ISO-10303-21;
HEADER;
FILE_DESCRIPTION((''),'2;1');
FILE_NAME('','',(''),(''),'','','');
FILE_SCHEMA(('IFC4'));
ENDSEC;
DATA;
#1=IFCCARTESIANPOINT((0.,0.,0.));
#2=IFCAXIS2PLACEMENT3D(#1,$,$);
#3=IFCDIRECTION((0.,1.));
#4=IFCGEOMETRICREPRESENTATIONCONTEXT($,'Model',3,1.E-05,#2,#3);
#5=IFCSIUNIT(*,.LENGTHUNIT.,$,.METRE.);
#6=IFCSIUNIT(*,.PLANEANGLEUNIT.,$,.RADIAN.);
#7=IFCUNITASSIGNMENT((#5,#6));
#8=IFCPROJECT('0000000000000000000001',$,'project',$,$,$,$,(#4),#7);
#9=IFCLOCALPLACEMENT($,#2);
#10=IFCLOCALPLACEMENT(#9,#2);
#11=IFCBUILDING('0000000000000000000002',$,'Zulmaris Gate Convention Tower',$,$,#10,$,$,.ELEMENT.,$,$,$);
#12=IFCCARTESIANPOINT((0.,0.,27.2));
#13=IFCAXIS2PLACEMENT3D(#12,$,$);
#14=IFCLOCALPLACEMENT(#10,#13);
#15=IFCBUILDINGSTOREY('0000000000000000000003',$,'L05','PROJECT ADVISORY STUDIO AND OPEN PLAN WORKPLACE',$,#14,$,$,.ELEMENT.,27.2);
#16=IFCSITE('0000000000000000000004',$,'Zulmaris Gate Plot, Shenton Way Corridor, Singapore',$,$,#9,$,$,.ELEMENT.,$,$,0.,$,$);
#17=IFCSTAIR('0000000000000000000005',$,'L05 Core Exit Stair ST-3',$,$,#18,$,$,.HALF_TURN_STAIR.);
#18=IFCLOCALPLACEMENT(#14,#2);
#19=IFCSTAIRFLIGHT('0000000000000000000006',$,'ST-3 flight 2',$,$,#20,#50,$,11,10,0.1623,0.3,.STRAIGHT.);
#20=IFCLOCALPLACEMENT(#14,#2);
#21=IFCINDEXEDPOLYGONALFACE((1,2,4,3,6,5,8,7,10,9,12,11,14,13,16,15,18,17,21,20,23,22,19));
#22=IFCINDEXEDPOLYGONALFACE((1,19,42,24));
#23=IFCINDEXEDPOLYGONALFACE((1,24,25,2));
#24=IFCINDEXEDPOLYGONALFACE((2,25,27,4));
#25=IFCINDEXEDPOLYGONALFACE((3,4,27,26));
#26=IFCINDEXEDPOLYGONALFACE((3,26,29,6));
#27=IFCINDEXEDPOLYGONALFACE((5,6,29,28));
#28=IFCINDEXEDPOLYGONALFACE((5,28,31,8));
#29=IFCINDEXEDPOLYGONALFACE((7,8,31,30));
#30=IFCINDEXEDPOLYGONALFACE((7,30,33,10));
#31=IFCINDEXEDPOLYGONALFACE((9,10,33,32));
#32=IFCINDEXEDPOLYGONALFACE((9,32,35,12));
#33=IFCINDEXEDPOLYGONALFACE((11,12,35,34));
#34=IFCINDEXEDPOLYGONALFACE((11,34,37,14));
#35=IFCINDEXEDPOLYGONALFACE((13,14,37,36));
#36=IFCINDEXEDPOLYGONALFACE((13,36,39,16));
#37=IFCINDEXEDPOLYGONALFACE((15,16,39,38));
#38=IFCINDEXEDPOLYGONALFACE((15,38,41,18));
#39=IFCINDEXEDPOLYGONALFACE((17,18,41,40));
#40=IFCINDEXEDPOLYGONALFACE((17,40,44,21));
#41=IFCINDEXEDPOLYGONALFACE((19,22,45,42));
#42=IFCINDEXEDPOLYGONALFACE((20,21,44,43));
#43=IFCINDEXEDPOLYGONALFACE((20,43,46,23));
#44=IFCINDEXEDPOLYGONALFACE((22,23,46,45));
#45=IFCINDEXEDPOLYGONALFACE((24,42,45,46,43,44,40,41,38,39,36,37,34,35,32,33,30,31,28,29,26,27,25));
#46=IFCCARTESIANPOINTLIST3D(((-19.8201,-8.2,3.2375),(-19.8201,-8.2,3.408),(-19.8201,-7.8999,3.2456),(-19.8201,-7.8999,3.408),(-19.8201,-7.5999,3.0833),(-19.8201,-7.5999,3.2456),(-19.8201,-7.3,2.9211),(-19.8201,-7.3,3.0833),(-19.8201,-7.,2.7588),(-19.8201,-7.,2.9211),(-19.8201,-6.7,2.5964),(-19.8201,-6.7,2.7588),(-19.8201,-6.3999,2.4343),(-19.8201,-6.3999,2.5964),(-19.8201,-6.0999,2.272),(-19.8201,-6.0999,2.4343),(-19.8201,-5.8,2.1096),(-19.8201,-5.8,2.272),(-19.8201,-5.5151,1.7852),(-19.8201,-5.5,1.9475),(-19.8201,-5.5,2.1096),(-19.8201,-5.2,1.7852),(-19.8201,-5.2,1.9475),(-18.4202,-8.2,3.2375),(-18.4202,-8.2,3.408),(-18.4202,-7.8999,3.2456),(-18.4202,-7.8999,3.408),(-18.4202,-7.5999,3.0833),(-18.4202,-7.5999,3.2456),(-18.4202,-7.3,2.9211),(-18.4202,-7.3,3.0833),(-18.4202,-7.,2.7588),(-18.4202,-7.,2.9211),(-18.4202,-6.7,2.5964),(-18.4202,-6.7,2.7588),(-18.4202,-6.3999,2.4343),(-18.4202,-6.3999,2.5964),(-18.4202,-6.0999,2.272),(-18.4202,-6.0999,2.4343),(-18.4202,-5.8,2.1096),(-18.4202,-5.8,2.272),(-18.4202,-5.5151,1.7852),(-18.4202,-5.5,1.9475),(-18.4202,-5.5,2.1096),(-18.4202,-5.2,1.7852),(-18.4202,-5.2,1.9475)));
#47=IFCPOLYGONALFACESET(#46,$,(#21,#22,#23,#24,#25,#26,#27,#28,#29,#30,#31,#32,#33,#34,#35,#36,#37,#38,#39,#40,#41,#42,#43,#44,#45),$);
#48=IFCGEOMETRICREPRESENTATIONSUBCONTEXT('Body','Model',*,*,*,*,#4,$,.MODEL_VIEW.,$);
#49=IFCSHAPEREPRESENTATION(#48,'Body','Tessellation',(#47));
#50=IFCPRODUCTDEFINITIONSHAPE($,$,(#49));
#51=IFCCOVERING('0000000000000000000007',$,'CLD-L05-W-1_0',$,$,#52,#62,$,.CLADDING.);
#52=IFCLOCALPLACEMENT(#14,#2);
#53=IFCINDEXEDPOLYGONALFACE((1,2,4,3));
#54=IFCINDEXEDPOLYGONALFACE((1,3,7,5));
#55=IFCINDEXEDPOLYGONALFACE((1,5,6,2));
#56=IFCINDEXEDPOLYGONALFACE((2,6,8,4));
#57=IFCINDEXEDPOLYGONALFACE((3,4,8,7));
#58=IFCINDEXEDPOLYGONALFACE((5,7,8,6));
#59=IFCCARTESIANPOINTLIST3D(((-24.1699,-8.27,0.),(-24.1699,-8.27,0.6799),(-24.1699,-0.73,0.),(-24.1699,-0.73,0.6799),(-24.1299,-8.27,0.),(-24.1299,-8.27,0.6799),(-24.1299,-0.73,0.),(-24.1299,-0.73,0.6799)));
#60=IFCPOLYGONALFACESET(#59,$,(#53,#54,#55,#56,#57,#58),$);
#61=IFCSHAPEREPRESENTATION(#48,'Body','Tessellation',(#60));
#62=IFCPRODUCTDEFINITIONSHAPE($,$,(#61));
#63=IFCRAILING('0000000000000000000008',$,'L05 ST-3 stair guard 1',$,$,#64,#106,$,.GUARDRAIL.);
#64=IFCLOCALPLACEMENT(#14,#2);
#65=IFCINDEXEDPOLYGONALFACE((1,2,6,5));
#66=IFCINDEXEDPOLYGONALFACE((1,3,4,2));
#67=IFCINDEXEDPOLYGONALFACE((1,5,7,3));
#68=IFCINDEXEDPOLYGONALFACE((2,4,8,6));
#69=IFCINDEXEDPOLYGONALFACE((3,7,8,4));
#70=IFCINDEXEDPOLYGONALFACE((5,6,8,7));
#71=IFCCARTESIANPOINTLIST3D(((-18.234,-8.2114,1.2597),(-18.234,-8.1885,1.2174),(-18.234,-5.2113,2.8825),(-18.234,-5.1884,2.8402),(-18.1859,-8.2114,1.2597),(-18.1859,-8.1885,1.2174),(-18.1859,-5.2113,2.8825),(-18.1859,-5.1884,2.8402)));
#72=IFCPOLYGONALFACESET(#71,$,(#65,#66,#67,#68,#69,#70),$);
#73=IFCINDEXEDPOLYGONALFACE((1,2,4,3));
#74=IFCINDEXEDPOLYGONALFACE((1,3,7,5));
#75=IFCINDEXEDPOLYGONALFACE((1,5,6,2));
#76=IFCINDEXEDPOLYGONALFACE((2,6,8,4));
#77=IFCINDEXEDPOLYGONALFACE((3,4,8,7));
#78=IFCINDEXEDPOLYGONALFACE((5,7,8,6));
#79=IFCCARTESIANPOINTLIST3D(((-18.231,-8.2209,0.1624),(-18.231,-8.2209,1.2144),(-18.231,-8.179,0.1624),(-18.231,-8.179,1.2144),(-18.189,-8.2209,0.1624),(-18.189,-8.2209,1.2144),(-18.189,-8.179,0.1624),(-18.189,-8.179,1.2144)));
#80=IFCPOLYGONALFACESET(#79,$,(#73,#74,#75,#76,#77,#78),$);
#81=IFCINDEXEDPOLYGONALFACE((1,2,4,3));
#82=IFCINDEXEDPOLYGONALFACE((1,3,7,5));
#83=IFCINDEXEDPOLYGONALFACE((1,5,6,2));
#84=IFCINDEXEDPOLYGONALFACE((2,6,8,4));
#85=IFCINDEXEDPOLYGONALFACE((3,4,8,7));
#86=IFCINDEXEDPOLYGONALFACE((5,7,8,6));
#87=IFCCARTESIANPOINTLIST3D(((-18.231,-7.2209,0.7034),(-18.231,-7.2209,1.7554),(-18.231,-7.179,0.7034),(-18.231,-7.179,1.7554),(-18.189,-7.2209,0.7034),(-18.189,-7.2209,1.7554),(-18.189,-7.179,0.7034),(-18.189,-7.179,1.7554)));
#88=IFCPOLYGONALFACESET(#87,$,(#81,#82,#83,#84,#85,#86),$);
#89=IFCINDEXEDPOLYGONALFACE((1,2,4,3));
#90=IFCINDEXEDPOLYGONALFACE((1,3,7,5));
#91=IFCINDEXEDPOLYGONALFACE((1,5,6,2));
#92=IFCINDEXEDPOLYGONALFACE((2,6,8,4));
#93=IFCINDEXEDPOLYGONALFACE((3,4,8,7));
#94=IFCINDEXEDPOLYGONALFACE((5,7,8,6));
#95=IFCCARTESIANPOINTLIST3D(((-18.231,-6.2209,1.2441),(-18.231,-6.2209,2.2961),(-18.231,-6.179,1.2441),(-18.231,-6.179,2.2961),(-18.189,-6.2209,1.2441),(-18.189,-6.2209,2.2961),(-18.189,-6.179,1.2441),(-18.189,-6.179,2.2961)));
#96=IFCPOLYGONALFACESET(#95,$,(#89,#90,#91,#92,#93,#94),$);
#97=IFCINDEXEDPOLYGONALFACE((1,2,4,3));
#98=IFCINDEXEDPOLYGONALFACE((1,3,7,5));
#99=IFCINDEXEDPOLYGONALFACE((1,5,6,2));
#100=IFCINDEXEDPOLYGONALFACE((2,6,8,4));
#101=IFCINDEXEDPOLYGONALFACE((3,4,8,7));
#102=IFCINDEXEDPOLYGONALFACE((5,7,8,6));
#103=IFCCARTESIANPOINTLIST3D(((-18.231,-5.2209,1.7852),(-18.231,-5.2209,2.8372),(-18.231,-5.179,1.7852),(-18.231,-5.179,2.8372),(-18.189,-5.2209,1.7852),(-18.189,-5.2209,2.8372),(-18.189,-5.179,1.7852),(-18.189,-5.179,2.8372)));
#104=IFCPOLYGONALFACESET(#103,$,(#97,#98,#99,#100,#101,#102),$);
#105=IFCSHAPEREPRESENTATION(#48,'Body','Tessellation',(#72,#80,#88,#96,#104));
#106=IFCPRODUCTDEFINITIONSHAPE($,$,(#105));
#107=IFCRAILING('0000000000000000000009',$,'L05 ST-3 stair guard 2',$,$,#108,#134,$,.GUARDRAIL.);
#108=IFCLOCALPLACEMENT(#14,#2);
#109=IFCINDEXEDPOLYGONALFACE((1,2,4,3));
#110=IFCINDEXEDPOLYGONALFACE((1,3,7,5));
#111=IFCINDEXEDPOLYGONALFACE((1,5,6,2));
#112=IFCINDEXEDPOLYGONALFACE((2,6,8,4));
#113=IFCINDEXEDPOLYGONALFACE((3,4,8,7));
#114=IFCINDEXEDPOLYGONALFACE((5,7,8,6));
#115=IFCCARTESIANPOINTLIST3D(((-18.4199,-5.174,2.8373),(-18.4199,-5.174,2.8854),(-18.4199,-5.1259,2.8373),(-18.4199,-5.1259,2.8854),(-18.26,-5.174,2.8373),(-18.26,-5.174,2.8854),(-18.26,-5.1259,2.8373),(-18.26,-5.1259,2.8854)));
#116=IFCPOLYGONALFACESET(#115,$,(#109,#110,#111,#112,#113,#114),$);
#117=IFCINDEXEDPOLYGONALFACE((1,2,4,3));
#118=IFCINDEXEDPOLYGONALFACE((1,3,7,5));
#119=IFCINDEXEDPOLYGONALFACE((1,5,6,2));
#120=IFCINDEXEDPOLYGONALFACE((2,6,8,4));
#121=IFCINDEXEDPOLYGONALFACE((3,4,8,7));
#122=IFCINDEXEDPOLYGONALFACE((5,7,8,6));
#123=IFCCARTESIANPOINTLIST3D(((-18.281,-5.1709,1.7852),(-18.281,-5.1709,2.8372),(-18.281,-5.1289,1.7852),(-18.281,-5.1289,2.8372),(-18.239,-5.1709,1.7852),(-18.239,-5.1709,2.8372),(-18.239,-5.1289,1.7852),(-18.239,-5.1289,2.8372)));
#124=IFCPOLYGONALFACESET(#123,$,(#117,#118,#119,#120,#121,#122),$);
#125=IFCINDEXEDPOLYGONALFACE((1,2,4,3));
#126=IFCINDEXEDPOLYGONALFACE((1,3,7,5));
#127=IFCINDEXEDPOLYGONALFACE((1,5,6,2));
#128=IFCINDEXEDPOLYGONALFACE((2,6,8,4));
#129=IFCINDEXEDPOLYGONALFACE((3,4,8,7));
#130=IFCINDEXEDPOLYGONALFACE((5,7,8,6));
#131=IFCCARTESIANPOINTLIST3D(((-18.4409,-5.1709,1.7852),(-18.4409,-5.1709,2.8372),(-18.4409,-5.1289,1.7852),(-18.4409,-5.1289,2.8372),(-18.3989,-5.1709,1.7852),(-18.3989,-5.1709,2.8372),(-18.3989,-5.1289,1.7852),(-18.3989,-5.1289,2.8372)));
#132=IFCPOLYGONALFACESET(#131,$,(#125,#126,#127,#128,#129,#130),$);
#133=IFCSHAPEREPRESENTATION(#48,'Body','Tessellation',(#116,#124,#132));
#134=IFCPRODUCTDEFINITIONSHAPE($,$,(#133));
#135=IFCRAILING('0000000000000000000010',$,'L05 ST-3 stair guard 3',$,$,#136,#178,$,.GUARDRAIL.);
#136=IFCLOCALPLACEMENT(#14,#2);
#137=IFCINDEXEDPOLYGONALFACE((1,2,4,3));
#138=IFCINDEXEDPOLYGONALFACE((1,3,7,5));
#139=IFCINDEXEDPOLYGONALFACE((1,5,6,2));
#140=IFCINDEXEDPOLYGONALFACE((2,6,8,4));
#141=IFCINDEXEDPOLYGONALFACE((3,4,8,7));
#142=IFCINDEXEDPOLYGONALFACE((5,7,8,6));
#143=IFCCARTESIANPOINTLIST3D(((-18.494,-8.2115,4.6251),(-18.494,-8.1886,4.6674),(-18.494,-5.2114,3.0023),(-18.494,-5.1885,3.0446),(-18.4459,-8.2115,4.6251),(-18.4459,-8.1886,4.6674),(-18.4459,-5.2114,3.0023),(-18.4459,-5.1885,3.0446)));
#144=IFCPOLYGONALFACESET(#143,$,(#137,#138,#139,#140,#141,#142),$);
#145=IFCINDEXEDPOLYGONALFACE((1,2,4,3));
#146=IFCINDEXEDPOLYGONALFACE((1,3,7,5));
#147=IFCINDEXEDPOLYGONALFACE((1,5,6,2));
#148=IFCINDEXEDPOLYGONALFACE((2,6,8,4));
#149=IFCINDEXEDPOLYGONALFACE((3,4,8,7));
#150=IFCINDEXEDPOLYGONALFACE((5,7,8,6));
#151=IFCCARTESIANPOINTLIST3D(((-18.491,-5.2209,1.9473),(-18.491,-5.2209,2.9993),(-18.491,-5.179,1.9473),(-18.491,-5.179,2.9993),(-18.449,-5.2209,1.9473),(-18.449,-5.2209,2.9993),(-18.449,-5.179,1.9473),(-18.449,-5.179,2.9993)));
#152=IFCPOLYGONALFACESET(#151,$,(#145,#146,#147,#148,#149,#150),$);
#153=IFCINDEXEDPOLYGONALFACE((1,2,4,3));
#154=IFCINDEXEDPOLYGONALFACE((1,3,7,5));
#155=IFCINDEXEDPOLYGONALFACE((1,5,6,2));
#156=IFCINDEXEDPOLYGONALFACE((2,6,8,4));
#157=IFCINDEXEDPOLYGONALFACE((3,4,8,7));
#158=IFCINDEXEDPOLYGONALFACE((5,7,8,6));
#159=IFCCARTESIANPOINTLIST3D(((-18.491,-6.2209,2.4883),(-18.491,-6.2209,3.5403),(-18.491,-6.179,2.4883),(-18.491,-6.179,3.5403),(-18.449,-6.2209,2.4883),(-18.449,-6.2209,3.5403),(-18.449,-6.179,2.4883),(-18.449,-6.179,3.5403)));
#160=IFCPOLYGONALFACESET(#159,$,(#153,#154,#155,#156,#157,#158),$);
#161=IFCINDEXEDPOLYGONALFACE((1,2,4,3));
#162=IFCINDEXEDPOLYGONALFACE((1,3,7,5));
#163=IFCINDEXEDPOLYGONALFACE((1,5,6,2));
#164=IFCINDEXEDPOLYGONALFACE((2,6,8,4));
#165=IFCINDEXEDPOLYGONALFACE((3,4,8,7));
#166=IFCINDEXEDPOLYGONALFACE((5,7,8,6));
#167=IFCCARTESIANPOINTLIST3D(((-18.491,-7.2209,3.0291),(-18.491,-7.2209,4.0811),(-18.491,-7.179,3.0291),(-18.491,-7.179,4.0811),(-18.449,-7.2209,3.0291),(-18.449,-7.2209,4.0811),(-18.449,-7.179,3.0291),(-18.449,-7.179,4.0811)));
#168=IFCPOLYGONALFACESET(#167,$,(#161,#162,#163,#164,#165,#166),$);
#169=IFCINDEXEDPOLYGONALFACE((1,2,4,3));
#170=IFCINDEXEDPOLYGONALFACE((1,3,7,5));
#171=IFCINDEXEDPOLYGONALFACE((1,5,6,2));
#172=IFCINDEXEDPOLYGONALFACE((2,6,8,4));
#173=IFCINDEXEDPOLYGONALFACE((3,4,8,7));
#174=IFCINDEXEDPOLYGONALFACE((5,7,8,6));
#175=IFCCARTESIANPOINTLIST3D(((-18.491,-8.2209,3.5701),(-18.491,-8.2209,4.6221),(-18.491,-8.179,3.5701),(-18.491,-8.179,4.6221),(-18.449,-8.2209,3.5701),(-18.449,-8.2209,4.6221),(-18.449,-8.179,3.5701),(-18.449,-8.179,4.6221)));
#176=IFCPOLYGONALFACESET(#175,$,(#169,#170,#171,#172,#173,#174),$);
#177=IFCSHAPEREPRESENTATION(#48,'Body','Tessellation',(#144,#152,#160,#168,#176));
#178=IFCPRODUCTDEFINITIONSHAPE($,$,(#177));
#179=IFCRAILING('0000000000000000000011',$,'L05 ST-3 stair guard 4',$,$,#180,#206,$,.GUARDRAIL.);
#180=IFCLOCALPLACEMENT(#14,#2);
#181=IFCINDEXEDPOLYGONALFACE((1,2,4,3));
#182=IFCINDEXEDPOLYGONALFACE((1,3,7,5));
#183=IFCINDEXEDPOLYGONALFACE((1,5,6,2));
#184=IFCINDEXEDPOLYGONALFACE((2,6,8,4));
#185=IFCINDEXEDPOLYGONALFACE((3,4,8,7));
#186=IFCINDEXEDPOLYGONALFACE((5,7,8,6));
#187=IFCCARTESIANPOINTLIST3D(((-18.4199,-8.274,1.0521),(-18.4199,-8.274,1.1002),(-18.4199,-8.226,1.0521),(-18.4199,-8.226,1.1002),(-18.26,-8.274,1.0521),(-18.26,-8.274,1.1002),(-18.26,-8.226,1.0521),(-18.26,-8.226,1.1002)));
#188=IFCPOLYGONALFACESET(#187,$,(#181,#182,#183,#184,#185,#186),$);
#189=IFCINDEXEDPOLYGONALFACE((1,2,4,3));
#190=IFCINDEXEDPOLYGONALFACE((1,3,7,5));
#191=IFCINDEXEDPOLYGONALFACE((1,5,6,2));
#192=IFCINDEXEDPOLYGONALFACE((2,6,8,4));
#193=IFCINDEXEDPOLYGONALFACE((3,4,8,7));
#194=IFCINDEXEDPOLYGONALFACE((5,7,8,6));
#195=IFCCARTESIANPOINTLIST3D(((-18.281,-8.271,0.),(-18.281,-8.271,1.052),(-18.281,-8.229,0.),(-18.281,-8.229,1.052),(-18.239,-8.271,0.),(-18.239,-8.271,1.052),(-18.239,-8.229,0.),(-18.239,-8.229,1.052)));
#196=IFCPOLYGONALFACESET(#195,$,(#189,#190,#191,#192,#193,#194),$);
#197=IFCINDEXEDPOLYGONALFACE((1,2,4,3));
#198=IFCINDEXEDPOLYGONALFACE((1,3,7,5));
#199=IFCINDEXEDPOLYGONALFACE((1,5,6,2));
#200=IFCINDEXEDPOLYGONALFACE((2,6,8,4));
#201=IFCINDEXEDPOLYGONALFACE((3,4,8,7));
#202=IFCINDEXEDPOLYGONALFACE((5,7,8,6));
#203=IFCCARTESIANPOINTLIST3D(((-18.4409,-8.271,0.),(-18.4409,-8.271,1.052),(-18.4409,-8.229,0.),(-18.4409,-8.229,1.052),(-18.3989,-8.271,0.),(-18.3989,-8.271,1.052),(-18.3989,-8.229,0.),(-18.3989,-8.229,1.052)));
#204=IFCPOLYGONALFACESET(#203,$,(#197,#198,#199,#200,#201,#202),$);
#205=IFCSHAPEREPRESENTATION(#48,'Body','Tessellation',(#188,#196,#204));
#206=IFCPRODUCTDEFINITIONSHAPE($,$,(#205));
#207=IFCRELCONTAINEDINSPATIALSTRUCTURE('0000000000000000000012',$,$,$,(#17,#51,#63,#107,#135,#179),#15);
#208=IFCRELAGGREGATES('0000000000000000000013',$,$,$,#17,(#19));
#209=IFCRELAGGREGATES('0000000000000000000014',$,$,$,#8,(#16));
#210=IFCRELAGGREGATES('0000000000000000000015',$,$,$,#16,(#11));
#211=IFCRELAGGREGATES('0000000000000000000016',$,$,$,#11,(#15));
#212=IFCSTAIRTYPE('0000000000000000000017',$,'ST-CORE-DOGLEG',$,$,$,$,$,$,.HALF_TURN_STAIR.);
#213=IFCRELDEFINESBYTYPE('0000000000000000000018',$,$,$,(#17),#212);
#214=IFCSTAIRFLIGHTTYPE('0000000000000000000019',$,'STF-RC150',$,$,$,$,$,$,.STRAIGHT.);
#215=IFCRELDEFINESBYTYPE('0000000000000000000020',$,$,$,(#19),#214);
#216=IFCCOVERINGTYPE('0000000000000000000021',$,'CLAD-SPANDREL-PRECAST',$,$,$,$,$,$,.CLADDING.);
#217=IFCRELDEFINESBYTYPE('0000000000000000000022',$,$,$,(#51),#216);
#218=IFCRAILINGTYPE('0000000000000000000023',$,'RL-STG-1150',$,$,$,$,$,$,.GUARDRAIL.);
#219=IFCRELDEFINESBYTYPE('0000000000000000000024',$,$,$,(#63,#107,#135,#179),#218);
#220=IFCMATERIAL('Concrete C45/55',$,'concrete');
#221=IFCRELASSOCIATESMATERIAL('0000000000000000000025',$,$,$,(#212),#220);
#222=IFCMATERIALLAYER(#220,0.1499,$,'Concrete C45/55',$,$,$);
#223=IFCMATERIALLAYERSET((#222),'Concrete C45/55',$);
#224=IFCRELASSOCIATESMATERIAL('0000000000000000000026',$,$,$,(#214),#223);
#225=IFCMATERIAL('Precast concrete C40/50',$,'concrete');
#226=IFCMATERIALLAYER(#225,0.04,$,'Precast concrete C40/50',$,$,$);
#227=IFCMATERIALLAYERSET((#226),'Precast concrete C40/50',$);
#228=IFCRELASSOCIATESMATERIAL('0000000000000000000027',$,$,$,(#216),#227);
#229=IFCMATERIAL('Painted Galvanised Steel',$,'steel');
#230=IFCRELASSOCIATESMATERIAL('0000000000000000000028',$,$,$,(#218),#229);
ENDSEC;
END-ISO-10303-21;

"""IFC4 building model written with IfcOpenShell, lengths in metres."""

from ifc_helpers import new_model, si_unit, direction, frame, frame_2d, origin, origin_2d, place, context, subcontext, project, spatial, polyline, rectangle, outline, extrude, material, layer, layer_set, type_object, element, aggregate, save


model = new_model("IFC4")

# Units and contexts
model_context = context("Model", 3, precision=1e-05, world=origin(), true_north=direction((0.0, 1.0)))
body_context = subcontext(model_context, "Body", "Model", "MODEL_VIEW")
ifc_project = project(units=[si_unit("LENGTHUNIT", "METRE"), si_unit("PLANEANGLEUNIT", "RADIAN")], contexts=[model_context])

# Site, building, storey
site_placement = place(None, origin())
site = spatial("IfcSite", under=ifc_project, at=site_placement, Name="Zulmaris Gate Plot, Shenton Way Corridor, Singapore", CompositionType="ELEMENT", RefElevation=0.0)
building_placement = place(site_placement, origin())
building = spatial("IfcBuilding", under=site, at=building_placement, Name="Zulmaris Gate Convention Tower", CompositionType="ELEMENT")
storey_placement = place(building_placement, frame((0.0, 0.0, 27.2)))
storey = spatial("IfcBuildingStorey", under=building, at=storey_placement, Name="L05", Description="PROJECT ADVISORY STUDIO AND OPEN PLAN WORKPLACE", CompositionType="ELEMENT", Elevation=27.2)

# Shared definitions
ifc_material_1 = material(Name="Precast concrete C40/50", Category="concrete")

# Stair, stair flight
ifc_material_2 = material(Name="Concrete C45/55", Category="concrete")
stair_type = type_object("IfcStairType", Name="ST-CORE-DOGLEG", PredefinedType="HALF_TURN_STAIR", material=ifc_material_2)
stair_placement = place(storey_placement, origin())
stair = element("IfcStair", 1, at=stair_placement, inside=storey, type_object=stair_type, Name="L05 Core Exit Stair ST-3", PredefinedType="HALF_TURN_STAIR")
ifc_layer_1 = layer(ifc_material_2, 0.1499, Name="Concrete C45/55")
ifc_layer_set_1 = layer_set([ifc_layer_1], Name="Concrete C45/55")
stair_flight_type = type_object("IfcStairFlightType", Name="STF-RC150", PredefinedType="STRAIGHT", material=ifc_layer_set_1)
stair_flight_1_placement = place(storey_placement, frame((-19.1201, -5.2, 1.7852), z_axis=(0.0, 0.0, 1.0), x_axis=(0.0, -1.0, 0.0)))
stair_flight_1 = element("IfcStairFlight", 2, at=stair_flight_1_placement, type_object=stair_flight_type, Name="ST-3 flight 2", NumberOfRisers=11, NumberOfTreads=10, PredefinedType="STRAIGHT", RiserHeight=0.1623, TreadLength=0.3, context=body_context, shape_type="SweptSolid", body=[
    extrude(outline(polyline([(0.0, 0.0), (0.0, 0.1624), (0.3, 0.1624), (0.3, 0.3245), (0.6001, 0.3245), (0.6001, 0.4868), (0.8999, 0.4868), (0.8999, 0.6492), (1.2, 0.6492), (1.2, 0.8113), (1.5, 0.8113), (1.5, 0.9736), (1.8, 0.9736), (1.8, 1.136), (2.1001, 1.136), (2.1001, 1.2981), (2.3999, 1.2981), (2.3999, 1.4604), (2.7, 1.4604), (2.7, 1.6228), (3.0, 1.6228), (3.0, 1.7849), (3.0, 1.4524), (0.3152, 0.0), (0.0, 0.0)])), frame((0.0, 0.7, 0.0), z_axis=(0.0, -1.0, 0.0), x_axis=(1.0, 0.0, 0.0)), (0.0, 0.0, 1.0), 1.3999),
])
aggregate(stair, [stair_flight_1])

# Covering
ifc_layer_2 = layer(ifc_material_1, 0.04, Name="Precast concrete C40/50")
ifc_layer_set_2 = layer_set([ifc_layer_2], Name="Precast concrete C40/50")
covering_type = type_object("IfcCoveringType", Name="CLAD-SPANDREL-PRECAST", PredefinedType="CLADDING", material=ifc_layer_set_2)
covering_placement = place(storey_placement, frame((-24.1499, -0.73, 0.0), z_axis=(0.0, 0.0, 1.0), x_axis=(0.0, -1.0, 0.0)))
element("IfcCovering", 3, at=covering_placement, inside=storey, type_object=covering_type, Name="CLD-L05-W-1_0", PredefinedType="CLADDING", context=body_context, shape_type="SweptSolid", body=[
    extrude(rectangle(XDim=7.54, YDim=0.04, at=frame_2d((3.77, 0.0))), origin(), (0.0, 0.0, 1.0), 0.6799),
])

# Railings
ifc_material_3 = material(Name="Painted Galvanised Steel", Category="steel")
railing_type_1 = type_object("IfcRailingType", Name="RL-STG-1150", PredefinedType="GUARDRAIL", material=ifc_material_3)
railing_1_placement = place(storey_placement, frame((-18.21, -8.2, 0.1624)))
element("IfcRailing", 4, at=railing_1_placement, inside=storey, type_object=railing_type_1, Name="L05 ST-3 stair guard 1", PredefinedType="GUARDRAIL", context=body_context, shape_type="SweptSolid", body=[
    extrude(rectangle(XDim=0.0481, YDim=0.0481, at=origin_2d()), frame((0.0, 0.0, 1.0762), z_axis=(0.0, 0.879562, 0.475785), x_axis=(-1.0, 0.0, 0.0)), (0.0, 0.0, 1.0), 3.4109),
    extrude(rectangle(XDim=0.042, YDim=0.042, at=origin_2d()), origin(), (0.0, 0.0, 1.0), 1.052),
    extrude(rectangle(XDim=0.042, YDim=0.042, at=origin_2d()), frame((0.0, 1.0, 0.541)), (0.0, 0.0, 1.0), 1.052),
    extrude(rectangle(XDim=0.042, YDim=0.042, at=origin_2d()), frame((0.0, 2.0, 1.0818)), (0.0, 0.0, 1.0), 1.052),
    extrude(rectangle(XDim=0.042, YDim=0.042, at=origin_2d()), frame((0.0, 3.0, 1.6228)), (0.0, 0.0, 1.0), 1.052),
])
railing_2_placement = place(storey_placement, frame((-18.26, -5.1499, 1.7852)))
element("IfcRailing", 5, at=railing_2_placement, inside=storey, type_object=railing_type_1, Name="L05 ST-3 stair guard 2", PredefinedType="GUARDRAIL", context=body_context, shape_type="SweptSolid", body=[
    extrude(rectangle(XDim=0.0481, YDim=0.0481, at=origin_2d()), frame((0.0, 0.0, 1.0762), z_axis=(-1.0, 0.0, 0.0), x_axis=(0.0, -1.0, 0.0)), (0.0, 0.0, 1.0), 0.1599),
    extrude(rectangle(XDim=0.042, YDim=0.042, at=origin_2d()), origin(), (0.0, 0.0, 1.0), 1.052),
    extrude(rectangle(XDim=0.042, YDim=0.042, at=origin_2d()), frame((-0.1599, 0.0, 0.0)), (0.0, 0.0, 1.0), 1.052),
])
railing_3_placement = place(storey_placement, frame((-18.47, -5.2, 1.9473)))
element("IfcRailing", 6, at=railing_3_placement, inside=storey, type_object=railing_type_1, Name="L05 ST-3 stair guard 3", PredefinedType="GUARDRAIL", context=body_context, shape_type="SweptSolid", body=[
    extrude(rectangle(XDim=0.0481, YDim=0.0481, at=origin_2d()), frame((0.0, 0.0, 1.0762), z_axis=(0.0, -0.879562, 0.475785), x_axis=(1.0, 0.0, 0.0)), (0.0, 0.0, 1.0), 3.4109),
    extrude(rectangle(XDim=0.042, YDim=0.042, at=origin_2d()), origin(), (0.0, 0.0, 1.0), 1.052),
    extrude(rectangle(XDim=0.042, YDim=0.042, at=origin_2d()), frame((0.0, -1.0, 0.541)), (0.0, 0.0, 1.0), 1.052),
    extrude(rectangle(XDim=0.042, YDim=0.042, at=origin_2d()), frame((0.0, -2.0, 1.0818)), (0.0, 0.0, 1.0), 1.052),
    extrude(rectangle(XDim=0.042, YDim=0.042, at=origin_2d()), frame((0.0, -3.0, 1.6228)), (0.0, 0.0, 1.0), 1.052),
])
railing_4_placement = place(storey_placement, frame((-18.26, -8.25, 0.0)))
element("IfcRailing", 7, at=railing_4_placement, inside=storey, type_object=railing_type_1, Name="L05 ST-3 stair guard 4", PredefinedType="GUARDRAIL", context=body_context, shape_type="SweptSolid", body=[
    extrude(rectangle(XDim=0.0481, YDim=0.0481, at=origin_2d()), frame((0.0, 0.0, 1.0762), z_axis=(-1.0, 0.0, 0.0), x_axis=(0.0, -1.0, 0.0)), (0.0, 0.0, 1.0), 0.1599),
    extrude(rectangle(XDim=0.042, YDim=0.042, at=origin_2d()), origin(), (0.0, 0.0, 1.0), 1.052),
    extrude(rectangle(XDim=0.042, YDim=0.042, at=origin_2d()), frame((-0.1599, 0.0, 0.0)), (0.0, 0.0, 1.0), 1.052),
])

save(model, "model.ifc")
